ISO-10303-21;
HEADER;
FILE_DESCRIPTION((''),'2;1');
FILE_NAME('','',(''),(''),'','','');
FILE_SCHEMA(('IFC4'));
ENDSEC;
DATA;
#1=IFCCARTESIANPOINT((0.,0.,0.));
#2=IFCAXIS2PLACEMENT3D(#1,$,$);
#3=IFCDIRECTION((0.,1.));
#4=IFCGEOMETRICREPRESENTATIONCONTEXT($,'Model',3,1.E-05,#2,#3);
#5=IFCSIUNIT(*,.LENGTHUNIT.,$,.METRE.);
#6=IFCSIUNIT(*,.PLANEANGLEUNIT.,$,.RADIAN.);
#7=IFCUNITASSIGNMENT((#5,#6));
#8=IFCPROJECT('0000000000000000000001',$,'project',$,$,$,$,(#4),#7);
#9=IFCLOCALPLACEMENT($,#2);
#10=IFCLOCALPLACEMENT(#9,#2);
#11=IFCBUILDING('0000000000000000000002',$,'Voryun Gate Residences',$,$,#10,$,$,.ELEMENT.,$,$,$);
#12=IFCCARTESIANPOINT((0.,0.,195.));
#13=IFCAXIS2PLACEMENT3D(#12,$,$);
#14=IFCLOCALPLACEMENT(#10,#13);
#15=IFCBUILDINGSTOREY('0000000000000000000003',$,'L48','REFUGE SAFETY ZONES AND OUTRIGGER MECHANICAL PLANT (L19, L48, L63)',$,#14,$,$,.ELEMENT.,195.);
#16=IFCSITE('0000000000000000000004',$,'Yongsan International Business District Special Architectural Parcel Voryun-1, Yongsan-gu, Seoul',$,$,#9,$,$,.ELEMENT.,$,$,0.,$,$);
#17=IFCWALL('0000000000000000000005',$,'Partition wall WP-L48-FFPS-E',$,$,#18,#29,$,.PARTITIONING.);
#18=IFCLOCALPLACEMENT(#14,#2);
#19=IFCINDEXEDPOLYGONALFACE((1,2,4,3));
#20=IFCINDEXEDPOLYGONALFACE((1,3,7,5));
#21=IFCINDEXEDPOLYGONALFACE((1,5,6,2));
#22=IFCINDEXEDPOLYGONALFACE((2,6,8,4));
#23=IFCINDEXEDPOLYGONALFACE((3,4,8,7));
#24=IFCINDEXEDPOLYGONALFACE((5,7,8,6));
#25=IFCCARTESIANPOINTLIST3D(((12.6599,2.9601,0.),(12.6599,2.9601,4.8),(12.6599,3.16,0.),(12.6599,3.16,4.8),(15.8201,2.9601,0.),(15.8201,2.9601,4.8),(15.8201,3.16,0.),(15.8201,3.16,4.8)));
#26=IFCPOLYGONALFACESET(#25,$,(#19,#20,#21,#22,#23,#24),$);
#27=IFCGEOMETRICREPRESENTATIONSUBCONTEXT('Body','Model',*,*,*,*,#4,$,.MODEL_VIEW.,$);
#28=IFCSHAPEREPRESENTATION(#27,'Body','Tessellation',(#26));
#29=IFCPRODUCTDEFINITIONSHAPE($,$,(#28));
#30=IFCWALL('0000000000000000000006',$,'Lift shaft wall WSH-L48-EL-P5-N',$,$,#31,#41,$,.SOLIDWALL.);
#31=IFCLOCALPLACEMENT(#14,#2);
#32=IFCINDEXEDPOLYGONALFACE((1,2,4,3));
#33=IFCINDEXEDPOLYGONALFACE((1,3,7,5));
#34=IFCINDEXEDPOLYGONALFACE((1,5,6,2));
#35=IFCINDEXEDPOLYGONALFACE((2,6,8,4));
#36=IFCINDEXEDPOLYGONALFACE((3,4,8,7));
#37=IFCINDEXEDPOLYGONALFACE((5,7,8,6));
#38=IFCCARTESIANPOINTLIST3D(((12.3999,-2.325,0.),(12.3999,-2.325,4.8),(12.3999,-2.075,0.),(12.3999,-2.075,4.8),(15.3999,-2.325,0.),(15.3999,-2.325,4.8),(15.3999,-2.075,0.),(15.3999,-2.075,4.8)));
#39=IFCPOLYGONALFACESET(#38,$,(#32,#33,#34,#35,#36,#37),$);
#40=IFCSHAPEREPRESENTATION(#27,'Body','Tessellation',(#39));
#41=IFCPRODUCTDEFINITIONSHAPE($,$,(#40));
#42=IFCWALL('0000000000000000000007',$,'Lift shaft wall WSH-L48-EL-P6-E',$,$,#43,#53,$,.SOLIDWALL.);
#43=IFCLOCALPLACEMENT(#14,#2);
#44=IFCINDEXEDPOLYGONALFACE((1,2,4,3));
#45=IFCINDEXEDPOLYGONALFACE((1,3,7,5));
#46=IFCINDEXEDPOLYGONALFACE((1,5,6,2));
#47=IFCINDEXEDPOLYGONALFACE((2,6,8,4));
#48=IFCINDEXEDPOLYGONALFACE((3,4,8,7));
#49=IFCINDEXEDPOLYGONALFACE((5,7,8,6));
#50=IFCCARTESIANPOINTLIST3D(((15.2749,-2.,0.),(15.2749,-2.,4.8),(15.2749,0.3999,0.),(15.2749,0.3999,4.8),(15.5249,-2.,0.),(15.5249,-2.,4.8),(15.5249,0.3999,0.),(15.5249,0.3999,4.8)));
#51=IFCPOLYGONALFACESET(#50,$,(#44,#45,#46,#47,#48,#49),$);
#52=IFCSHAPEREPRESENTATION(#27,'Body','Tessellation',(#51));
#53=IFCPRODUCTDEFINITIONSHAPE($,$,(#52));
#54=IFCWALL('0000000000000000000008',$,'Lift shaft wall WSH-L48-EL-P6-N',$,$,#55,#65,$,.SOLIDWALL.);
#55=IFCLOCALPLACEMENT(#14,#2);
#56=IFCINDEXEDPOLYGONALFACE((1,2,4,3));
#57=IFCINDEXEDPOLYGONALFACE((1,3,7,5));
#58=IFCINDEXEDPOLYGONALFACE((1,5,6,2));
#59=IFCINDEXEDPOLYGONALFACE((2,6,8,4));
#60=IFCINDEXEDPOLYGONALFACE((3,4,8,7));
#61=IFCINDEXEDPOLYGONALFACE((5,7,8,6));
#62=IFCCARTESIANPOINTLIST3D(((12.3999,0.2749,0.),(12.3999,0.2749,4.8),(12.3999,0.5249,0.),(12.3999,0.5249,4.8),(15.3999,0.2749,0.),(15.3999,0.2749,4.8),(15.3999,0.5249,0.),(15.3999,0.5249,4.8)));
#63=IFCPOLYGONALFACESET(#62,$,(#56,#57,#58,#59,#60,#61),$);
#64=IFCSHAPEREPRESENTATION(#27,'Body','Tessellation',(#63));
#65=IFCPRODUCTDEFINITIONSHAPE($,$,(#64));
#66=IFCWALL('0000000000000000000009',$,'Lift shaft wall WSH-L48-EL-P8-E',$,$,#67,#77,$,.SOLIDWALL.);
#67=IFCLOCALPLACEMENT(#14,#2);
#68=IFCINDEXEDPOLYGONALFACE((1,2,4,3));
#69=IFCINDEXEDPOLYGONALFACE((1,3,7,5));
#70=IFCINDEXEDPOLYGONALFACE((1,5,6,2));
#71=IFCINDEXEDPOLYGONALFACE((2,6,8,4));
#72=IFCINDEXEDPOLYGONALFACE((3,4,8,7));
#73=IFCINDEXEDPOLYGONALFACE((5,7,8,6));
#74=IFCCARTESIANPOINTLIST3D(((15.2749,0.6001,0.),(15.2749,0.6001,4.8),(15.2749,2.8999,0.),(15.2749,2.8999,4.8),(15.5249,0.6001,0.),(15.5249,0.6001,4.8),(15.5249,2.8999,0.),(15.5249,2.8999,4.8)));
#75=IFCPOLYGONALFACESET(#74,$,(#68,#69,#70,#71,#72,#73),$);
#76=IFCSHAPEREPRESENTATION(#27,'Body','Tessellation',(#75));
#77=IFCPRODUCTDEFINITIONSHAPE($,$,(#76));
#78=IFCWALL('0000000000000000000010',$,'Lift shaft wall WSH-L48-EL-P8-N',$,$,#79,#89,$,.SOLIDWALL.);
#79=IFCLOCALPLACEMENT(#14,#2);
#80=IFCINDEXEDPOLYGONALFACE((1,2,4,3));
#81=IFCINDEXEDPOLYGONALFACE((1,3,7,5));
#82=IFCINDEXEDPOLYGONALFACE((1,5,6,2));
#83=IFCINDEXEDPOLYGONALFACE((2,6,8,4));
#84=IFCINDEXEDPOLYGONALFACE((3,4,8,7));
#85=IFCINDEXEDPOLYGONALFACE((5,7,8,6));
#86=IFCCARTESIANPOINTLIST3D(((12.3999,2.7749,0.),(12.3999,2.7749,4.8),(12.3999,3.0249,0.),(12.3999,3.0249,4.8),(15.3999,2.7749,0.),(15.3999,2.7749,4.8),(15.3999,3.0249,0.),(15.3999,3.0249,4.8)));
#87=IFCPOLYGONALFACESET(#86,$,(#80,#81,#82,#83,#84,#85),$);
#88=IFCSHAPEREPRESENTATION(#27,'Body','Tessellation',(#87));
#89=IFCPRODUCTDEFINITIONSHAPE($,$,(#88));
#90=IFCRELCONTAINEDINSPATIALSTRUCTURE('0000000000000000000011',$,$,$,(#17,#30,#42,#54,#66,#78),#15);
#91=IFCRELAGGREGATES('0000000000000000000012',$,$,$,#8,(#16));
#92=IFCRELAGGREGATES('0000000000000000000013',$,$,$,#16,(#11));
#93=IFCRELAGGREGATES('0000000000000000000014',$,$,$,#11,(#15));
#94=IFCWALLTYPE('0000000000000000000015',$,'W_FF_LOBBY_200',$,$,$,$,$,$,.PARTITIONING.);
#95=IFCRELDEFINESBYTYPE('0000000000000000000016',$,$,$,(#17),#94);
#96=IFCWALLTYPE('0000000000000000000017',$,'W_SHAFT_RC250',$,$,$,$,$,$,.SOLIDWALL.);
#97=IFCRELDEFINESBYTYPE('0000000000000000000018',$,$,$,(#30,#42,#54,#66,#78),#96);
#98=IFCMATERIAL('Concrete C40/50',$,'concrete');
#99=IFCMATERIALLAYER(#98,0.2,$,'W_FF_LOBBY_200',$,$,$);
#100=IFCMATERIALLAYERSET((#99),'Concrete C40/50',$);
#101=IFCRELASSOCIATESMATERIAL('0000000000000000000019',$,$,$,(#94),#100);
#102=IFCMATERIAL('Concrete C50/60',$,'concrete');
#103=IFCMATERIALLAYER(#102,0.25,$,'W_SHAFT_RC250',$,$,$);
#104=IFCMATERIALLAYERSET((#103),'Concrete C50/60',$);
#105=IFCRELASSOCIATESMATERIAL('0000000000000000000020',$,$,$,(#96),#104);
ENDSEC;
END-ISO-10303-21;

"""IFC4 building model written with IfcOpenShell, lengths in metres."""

from ifc_helpers import new_model, si_unit, direction, frame, frame_2d, origin, place, context, subcontext, project, spatial, rectangle, extrude, material, layer, layer_set, type_object, element, save


model = new_model("IFC4")

# Units and contexts
model_context = context("Model", 3, precision=1e-05, world=origin(), true_north=direction((0.0, 1.0)))
body_context = subcontext(model_context, "Body", "Model", "MODEL_VIEW")
ifc_project = project(units=[si_unit("LENGTHUNIT", "METRE"), si_unit("PLANEANGLEUNIT", "RADIAN")], contexts=[model_context])

# Site, building, storey
site_placement = place(None, origin())
site = spatial("IfcSite", under=ifc_project, at=site_placement, Name="Yongsan International Business District Special Architectural Parcel Voryun-1, Yongsan-gu, Seoul", CompositionType="ELEMENT", RefElevation=0.0)
building_placement = place(site_placement, origin())
building = spatial("IfcBuilding", under=site, at=building_placement, Name="Voryun Gate Residences", CompositionType="ELEMENT")
storey_placement = place(building_placement, frame((0.0, 0.0, 195.0)))
storey = spatial("IfcBuildingStorey", under=building, at=storey_placement, Name="L48", Description="REFUGE SAFETY ZONES AND OUTRIGGER MECHANICAL PLANT (L19, L48, L63)", CompositionType="ELEMENT", Elevation=195.0)

# Walls
ifc_material_1 = material(Name="Concrete C40/50", Category="concrete")
ifc_layer_1 = layer(ifc_material_1, 0.2, Name="W_FF_LOBBY_200")
ifc_layer_set_1 = layer_set([ifc_layer_1], Name="Concrete C40/50")
wall_type_1 = type_object("IfcWallType", Name="W_FF_LOBBY_200", PredefinedType="PARTITIONING", material=ifc_layer_set_1)
wall_1_placement = place(storey_placement, frame((12.6599, 3.0601, 0.0), z_axis=(0.0, 0.0, 1.0), x_axis=(1.0, 0.0, 0.0)))
element("IfcWall", 1, at=wall_1_placement, inside=storey, type_object=wall_type_1, Name="Partition wall WP-L48-FFPS-E", PredefinedType="PARTITIONING", context=body_context, shape_type="SweptSolid", body=[
    extrude(rectangle(XDim=3.1602, YDim=0.2, at=frame_2d((1.5801, 0.0))), origin(), (0.0, 0.0, 1.0), 4.8),
])
ifc_material_2 = material(Name="Concrete C50/60", Category="concrete")
ifc_layer_2 = layer(ifc_material_2, 0.25, Name="W_SHAFT_RC250")
ifc_layer_set_2 = layer_set([ifc_layer_2], Name="Concrete C50/60")
wall_type_2 = type_object("IfcWallType", Name="W_SHAFT_RC250", PredefinedType="SOLIDWALL", material=ifc_layer_set_2)
wall_2_placement = place(storey_placement, frame((15.3999, -2.2, 0.0), z_axis=(0.0, 0.0, 1.0), x_axis=(-1.0, 0.0, 0.0)))
element("IfcWall", 2, at=wall_2_placement, inside=storey, type_object=wall_type_2, Name="Lift shaft wall WSH-L48-EL-P5-N", PredefinedType="SOLIDWALL", context=body_context, shape_type="SweptSolid", body=[
    extrude(rectangle(XDim=3.0, YDim=0.25, at=frame_2d((1.5, 0.0))), origin(), (0.0, 0.0, 1.0), 4.8),
])
wall_3_placement = place(storey_placement, frame((15.3999, -2.0, 0.0), z_axis=(0.0, 0.0, 1.0), x_axis=(0.0, 1.0, 0.0)))
element("IfcWall", 3, at=wall_3_placement, inside=storey, type_object=wall_type_2, Name="Lift shaft wall WSH-L48-EL-P6-E", PredefinedType="SOLIDWALL", context=body_context, shape_type="SweptSolid", body=[
    extrude(rectangle(XDim=2.3999, YDim=0.25, at=frame_2d((1.2, 0.0))), origin(), (0.0, 0.0, 1.0), 4.8),
])
wall_4_placement = place(storey_placement, frame((15.3999, 0.3999, 0.0), z_axis=(0.0, 0.0, 1.0), x_axis=(-1.0, 0.0, 0.0)))
element("IfcWall", 4, at=wall_4_placement, inside=storey, type_object=wall_type_2, Name="Lift shaft wall WSH-L48-EL-P6-N", PredefinedType="SOLIDWALL", context=body_context, shape_type="SweptSolid", body=[
    extrude(rectangle(XDim=3.0, YDim=0.25, at=frame_2d((1.5, 0.0))), origin(), (0.0, 0.0, 1.0), 4.8),
])
wall_5_placement = place(storey_placement, frame((15.3999, 0.6001, 0.0), z_axis=(0.0, 0.0, 1.0), x_axis=(0.0, 1.0, 0.0)))
element("IfcWall", 5, at=wall_5_placement, inside=storey, type_object=wall_type_2, Name="Lift shaft wall WSH-L48-EL-P8-E", PredefinedType="SOLIDWALL", context=body_context, shape_type="SweptSolid", body=[
    extrude(rectangle(XDim=2.2998, YDim=0.25, at=frame_2d((1.1499, 0.0))), origin(), (0.0, 0.0, 1.0), 4.8),
])
wall_6_placement = place(storey_placement, frame((15.3999, 2.8999, 0.0), z_axis=(0.0, 0.0, 1.0), x_axis=(-1.0, 0.0, 0.0)))
element("IfcWall", 6, at=wall_6_placement, inside=storey, type_object=wall_type_2, Name="Lift shaft wall WSH-L48-EL-P8-N", PredefinedType="SOLIDWALL", context=body_context, shape_type="SweptSolid", body=[
    extrude(rectangle(XDim=3.0, YDim=0.25, at=frame_2d((1.5, 0.0))), origin(), (0.0, 0.0, 1.0), 4.8),
])

save(model, "model.ifc")
